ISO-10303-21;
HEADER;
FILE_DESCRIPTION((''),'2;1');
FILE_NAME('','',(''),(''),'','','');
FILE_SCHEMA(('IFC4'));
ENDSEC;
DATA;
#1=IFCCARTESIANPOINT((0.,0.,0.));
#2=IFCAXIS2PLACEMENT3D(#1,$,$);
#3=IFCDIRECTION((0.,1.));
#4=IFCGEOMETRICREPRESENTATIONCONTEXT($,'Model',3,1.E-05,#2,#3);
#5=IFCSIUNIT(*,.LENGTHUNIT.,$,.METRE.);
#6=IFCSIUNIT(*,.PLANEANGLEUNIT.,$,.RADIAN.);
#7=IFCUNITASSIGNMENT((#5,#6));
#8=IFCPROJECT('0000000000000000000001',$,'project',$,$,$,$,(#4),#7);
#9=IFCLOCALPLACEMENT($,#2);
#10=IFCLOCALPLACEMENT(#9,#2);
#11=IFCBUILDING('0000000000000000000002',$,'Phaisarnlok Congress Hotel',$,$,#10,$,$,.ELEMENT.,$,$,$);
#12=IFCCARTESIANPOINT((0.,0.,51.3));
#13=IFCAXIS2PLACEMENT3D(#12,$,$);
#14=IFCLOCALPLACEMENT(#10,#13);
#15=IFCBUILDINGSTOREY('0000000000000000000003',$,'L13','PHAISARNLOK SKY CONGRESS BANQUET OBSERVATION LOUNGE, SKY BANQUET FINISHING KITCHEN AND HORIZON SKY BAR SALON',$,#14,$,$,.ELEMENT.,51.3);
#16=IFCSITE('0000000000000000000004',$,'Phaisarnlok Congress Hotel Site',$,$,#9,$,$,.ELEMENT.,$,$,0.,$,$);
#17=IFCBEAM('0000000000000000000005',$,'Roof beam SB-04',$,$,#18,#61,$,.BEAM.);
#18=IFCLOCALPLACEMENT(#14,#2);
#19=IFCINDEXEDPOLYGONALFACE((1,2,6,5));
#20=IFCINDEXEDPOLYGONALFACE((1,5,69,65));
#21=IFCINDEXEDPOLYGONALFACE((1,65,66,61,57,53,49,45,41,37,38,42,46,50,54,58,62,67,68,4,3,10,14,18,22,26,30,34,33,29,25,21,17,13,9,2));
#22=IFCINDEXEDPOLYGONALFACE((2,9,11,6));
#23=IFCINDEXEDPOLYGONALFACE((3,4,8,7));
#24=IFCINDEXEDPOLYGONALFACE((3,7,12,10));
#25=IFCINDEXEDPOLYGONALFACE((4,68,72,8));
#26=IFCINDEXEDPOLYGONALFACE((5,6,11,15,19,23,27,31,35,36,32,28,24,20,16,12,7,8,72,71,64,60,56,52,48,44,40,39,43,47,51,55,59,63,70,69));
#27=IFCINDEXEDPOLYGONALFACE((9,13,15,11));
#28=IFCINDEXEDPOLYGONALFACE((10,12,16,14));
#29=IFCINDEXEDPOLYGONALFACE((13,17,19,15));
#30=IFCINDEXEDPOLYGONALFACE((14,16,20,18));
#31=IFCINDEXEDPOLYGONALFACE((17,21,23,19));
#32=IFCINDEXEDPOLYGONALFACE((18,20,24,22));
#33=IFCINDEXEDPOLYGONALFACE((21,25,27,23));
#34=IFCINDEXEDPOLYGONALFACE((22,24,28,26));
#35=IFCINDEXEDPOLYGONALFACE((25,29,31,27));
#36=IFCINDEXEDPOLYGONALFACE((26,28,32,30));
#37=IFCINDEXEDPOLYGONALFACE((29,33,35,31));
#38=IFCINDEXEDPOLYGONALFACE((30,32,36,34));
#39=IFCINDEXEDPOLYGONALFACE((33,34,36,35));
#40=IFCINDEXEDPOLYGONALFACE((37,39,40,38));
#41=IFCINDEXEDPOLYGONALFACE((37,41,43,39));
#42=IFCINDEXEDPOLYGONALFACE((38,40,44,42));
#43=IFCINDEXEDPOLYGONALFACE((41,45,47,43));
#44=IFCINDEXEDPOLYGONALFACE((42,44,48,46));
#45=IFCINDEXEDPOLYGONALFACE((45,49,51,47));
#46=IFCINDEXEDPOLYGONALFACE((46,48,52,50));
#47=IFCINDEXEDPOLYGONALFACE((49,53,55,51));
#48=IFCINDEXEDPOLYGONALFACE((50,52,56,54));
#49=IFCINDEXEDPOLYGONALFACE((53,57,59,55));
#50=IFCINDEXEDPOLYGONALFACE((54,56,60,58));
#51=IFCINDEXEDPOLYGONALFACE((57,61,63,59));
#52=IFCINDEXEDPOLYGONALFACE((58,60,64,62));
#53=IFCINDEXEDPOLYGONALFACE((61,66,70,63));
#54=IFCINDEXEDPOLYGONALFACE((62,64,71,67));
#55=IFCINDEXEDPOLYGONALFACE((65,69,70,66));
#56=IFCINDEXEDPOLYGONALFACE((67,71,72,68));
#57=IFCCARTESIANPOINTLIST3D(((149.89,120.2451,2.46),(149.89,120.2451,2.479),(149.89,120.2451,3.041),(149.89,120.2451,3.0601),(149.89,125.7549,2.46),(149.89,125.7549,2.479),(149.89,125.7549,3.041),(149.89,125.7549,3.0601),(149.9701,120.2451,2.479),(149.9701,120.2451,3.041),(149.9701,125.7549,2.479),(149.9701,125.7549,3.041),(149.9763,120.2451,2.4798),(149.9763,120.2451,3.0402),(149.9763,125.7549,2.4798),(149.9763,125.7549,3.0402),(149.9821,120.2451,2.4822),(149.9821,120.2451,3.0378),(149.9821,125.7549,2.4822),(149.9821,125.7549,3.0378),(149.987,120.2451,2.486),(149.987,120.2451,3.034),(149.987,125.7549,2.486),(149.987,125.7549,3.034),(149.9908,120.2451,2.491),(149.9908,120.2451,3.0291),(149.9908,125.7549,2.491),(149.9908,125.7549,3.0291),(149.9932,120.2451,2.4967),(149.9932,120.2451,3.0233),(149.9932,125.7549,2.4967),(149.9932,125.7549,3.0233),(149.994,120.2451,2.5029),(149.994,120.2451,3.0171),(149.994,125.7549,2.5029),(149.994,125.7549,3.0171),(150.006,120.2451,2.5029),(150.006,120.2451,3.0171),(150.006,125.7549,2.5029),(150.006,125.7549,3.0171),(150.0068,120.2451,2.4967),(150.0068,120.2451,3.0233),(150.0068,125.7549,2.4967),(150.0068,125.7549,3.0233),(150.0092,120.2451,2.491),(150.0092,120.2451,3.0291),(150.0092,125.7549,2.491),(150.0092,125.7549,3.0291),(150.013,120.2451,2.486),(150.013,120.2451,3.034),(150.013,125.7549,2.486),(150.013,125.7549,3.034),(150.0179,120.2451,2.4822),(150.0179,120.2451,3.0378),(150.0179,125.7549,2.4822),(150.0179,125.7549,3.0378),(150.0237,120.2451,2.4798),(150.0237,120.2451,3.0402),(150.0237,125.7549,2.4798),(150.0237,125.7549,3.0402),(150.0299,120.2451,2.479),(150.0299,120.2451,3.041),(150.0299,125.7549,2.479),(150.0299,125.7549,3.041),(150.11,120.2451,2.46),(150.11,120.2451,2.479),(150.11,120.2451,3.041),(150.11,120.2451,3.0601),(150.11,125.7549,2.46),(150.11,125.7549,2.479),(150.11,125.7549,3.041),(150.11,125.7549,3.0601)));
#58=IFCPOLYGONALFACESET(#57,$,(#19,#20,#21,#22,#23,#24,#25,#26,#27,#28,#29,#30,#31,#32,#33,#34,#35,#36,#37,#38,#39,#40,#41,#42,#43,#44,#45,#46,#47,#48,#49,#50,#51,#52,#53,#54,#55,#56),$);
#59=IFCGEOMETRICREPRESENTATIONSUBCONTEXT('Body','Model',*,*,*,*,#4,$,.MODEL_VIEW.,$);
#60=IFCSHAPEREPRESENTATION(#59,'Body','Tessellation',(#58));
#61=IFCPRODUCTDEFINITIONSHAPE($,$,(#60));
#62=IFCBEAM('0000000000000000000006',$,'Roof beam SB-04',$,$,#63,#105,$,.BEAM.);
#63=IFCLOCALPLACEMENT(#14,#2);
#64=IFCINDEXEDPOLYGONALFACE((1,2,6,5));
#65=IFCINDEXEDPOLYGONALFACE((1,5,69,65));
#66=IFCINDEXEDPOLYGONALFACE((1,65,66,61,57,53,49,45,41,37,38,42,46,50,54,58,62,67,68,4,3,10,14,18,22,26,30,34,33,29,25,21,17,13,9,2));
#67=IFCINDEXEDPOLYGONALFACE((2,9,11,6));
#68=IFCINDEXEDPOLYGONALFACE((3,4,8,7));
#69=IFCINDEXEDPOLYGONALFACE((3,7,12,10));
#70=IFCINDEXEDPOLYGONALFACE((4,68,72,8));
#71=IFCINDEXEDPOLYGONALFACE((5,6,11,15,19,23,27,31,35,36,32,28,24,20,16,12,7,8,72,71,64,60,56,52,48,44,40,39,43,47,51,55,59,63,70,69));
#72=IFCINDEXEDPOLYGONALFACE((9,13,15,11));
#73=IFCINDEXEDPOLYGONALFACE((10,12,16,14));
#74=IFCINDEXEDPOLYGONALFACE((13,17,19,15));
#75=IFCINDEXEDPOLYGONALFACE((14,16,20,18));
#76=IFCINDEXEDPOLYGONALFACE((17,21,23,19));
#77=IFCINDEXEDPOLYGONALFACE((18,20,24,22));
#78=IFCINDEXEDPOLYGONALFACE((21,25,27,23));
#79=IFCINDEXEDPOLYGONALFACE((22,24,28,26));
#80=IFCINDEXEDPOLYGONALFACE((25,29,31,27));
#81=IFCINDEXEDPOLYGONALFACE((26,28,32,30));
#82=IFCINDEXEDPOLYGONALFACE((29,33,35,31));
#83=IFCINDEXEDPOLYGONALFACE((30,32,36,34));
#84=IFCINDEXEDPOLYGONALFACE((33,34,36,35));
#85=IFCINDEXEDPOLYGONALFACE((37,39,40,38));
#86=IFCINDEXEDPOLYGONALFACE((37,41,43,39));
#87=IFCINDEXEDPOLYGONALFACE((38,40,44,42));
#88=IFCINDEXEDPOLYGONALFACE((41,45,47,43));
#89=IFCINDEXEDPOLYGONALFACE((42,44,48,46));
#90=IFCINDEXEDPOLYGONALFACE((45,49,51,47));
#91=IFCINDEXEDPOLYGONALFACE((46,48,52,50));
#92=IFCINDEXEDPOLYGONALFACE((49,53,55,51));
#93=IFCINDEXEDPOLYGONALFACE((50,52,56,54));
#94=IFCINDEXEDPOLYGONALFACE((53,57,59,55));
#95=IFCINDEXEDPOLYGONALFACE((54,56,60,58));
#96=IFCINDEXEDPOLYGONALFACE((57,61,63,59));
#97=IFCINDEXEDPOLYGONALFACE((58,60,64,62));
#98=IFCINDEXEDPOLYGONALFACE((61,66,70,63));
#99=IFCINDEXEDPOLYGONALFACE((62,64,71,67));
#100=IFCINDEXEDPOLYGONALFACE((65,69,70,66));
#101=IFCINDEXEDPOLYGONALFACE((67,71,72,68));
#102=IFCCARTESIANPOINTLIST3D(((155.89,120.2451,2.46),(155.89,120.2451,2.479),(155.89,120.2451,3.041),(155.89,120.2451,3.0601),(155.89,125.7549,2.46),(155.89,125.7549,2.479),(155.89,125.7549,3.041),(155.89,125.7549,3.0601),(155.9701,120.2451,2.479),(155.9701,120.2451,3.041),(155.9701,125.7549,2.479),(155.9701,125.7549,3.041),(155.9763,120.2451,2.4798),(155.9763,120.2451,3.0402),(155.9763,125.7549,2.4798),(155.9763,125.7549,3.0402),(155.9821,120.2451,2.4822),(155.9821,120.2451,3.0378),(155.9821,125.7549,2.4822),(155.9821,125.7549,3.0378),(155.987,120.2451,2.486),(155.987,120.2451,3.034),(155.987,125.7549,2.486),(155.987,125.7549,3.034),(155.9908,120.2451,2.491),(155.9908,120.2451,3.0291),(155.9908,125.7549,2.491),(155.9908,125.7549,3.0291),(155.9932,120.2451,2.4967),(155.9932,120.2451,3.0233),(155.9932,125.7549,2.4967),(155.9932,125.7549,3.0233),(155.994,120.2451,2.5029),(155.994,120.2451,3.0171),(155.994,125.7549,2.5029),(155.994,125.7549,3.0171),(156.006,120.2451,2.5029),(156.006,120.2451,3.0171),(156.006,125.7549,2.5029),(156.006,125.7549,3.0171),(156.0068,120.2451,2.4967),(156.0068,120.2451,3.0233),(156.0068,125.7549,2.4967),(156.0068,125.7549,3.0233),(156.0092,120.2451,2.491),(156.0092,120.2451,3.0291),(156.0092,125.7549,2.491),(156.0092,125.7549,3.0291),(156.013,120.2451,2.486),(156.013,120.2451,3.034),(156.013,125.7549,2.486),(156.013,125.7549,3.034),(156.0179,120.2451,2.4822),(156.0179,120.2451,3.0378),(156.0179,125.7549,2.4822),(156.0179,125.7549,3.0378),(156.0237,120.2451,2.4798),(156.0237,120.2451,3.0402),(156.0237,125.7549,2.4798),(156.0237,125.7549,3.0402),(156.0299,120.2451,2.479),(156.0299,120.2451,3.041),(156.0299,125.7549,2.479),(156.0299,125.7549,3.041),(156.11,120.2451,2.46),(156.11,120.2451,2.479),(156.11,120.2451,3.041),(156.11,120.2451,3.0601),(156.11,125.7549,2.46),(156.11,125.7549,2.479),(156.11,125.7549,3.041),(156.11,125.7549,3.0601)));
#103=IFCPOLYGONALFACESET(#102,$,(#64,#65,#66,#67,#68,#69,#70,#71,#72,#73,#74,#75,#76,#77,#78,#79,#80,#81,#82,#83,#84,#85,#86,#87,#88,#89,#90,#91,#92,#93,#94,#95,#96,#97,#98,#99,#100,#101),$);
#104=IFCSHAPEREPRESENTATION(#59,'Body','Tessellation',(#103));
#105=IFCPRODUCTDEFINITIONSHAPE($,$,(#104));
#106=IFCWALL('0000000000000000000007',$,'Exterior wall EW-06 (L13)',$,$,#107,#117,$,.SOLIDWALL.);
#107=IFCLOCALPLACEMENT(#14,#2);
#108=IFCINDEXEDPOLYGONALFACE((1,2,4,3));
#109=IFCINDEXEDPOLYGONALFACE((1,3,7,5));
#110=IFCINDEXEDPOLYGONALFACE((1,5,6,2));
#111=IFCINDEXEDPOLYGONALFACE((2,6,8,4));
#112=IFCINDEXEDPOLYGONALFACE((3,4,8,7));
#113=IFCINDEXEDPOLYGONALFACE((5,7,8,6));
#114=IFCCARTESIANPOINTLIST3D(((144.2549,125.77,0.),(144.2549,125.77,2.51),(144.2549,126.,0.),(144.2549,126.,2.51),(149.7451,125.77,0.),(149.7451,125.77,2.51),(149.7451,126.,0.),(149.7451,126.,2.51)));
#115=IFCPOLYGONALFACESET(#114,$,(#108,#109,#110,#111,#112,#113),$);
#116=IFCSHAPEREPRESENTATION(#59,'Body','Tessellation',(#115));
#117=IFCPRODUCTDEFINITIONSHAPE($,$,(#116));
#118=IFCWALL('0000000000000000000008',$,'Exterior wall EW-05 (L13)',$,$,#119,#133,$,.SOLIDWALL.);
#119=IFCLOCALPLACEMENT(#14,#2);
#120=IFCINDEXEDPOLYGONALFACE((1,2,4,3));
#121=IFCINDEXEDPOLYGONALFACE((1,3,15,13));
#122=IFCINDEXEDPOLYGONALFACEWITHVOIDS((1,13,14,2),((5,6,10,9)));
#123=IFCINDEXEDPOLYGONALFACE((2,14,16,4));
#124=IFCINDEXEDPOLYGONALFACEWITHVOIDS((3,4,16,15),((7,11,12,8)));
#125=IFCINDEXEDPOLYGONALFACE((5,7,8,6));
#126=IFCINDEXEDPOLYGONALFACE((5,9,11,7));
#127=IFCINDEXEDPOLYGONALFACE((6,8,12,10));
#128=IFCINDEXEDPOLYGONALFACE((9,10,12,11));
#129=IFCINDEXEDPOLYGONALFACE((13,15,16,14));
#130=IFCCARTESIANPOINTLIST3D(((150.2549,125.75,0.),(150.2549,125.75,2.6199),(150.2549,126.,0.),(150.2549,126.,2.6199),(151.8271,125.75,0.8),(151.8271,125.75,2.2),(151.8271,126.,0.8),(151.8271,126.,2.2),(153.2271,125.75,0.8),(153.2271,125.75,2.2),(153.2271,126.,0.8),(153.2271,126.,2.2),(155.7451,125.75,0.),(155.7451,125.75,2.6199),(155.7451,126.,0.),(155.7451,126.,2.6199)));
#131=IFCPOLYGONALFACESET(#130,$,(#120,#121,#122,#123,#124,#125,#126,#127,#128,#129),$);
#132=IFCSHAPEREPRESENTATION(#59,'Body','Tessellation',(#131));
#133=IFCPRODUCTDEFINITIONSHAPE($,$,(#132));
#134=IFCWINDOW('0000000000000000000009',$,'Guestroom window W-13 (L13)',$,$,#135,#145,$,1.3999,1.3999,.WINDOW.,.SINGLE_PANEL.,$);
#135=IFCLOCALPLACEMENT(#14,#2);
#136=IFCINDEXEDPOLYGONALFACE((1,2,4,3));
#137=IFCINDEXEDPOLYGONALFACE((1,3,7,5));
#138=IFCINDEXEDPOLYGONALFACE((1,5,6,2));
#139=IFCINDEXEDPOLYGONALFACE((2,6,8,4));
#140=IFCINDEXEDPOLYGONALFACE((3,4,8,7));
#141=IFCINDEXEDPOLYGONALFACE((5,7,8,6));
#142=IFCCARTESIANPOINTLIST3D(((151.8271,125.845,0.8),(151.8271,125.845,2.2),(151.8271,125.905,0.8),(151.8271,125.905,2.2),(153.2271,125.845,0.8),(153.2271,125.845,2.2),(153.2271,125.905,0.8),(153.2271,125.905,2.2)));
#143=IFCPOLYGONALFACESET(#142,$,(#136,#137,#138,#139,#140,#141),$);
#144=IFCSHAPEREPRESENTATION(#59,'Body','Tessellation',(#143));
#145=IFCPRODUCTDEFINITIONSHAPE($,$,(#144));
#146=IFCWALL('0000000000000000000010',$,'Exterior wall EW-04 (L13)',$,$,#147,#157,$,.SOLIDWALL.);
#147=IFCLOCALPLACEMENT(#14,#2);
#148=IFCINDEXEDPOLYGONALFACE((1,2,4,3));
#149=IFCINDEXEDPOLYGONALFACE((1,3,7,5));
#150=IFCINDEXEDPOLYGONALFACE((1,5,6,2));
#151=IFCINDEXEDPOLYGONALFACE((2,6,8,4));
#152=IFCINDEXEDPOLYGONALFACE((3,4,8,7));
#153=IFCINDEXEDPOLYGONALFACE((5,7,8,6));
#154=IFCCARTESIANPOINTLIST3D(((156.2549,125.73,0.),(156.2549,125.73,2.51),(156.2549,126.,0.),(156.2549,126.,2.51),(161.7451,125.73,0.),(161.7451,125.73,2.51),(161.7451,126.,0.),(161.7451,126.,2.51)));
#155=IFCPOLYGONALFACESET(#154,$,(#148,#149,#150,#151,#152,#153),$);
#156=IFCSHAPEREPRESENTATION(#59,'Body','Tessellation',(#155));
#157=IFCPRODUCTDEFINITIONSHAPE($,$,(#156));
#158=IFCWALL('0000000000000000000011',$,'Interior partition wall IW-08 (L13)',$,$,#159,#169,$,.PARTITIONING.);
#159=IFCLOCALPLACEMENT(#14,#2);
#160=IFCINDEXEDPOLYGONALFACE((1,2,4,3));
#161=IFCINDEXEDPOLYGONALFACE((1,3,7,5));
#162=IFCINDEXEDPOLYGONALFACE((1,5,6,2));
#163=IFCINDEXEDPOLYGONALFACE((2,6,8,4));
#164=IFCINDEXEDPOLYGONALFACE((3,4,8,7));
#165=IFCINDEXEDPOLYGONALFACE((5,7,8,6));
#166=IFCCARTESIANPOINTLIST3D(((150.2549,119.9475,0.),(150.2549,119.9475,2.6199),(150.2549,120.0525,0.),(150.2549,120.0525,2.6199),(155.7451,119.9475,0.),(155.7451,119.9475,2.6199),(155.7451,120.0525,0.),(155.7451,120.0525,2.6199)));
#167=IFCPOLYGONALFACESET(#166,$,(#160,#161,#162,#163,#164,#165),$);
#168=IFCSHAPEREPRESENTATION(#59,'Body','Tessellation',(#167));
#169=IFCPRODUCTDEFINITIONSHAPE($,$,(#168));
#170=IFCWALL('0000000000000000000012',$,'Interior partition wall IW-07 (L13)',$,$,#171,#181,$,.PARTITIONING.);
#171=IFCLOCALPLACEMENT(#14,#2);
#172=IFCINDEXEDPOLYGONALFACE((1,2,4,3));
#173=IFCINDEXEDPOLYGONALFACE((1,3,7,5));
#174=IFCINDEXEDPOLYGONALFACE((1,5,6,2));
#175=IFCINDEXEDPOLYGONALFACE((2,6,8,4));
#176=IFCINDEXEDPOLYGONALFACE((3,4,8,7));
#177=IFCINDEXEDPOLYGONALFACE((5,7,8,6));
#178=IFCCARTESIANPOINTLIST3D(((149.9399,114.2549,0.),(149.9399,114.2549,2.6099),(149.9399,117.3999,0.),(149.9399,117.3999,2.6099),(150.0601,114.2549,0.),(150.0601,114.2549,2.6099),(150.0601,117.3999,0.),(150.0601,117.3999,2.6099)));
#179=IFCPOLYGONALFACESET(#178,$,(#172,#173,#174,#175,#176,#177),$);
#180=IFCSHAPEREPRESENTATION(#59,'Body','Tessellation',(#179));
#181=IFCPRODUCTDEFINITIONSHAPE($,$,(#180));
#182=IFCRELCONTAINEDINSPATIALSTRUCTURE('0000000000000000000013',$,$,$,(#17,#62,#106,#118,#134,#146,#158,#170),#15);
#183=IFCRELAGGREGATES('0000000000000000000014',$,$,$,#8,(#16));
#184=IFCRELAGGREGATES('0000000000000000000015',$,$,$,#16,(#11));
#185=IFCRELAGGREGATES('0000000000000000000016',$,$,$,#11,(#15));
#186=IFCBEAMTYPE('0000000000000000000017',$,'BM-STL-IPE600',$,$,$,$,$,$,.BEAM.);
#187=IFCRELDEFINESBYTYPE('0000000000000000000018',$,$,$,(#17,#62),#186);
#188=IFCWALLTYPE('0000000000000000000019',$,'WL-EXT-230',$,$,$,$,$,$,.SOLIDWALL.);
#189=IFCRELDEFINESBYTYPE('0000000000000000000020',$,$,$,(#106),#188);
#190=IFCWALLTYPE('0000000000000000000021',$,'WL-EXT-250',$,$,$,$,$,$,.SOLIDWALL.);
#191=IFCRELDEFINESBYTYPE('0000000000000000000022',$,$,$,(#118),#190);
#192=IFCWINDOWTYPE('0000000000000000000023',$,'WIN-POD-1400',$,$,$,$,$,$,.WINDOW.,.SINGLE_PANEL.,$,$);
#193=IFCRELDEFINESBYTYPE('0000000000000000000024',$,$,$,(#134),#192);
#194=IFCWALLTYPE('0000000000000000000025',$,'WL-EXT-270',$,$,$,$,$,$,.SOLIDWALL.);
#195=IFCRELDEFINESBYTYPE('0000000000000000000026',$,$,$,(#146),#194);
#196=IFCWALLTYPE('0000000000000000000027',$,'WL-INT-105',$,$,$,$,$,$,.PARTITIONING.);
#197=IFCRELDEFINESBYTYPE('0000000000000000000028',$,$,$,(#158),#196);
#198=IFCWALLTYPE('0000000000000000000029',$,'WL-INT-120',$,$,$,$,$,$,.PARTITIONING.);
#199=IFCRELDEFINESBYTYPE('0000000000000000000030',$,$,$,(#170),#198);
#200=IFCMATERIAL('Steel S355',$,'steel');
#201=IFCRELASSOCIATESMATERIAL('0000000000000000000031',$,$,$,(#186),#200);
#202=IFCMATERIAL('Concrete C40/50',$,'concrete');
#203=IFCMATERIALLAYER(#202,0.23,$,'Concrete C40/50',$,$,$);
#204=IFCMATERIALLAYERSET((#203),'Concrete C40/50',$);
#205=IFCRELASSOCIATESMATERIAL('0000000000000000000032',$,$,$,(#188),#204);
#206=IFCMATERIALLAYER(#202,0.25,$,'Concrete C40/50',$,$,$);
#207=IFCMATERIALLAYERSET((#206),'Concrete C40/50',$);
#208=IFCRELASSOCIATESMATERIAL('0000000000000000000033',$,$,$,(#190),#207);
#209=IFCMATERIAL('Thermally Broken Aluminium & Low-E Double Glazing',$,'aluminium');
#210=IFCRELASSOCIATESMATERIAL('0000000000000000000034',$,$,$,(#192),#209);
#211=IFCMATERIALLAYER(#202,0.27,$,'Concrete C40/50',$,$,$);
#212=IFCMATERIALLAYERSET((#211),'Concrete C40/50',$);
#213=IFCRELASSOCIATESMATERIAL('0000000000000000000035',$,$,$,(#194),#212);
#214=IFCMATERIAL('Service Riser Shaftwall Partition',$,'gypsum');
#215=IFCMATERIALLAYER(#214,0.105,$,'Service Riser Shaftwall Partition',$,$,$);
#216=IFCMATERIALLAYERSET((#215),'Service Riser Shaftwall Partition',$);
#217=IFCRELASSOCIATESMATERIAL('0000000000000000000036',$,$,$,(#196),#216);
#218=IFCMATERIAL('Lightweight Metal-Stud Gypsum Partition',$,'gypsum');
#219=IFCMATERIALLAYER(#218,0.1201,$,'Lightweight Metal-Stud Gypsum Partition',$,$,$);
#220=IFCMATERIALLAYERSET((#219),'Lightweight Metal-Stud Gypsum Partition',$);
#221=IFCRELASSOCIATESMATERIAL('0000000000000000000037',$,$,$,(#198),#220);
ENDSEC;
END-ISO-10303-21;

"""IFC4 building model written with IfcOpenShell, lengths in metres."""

from ifc_helpers import new_model, si_unit, direction, frame, frame_2d, origin, origin_2d, place, context, subcontext, project, spatial, rectangle, i_section, extrude, material, layer, layer_set, material_profile, profile_set, type_object, element, fill, save


model = new_model("IFC4")

# Units and contexts
model_context = context("Model", 3, precision=1e-05, world=origin(), true_north=direction((0.0, 1.0)))
body_context = subcontext(model_context, "Body", "Model", "MODEL_VIEW")
ifc_project = project(units=[si_unit("LENGTHUNIT", "METRE"), si_unit("PLANEANGLEUNIT", "RADIAN")], contexts=[model_context])

# Site, building, storey
site_placement = place(None, origin())
site = spatial("IfcSite", under=ifc_project, at=site_placement, Name="Phaisarnlok Congress Hotel Site", CompositionType="ELEMENT", RefElevation=0.0)
building_placement = place(site_placement, origin())
building = spatial("IfcBuilding", under=site, at=building_placement, Name="Phaisarnlok Congress Hotel", CompositionType="ELEMENT")
storey_placement = place(building_placement, frame((0.0, 0.0, 51.3)))
storey = spatial("IfcBuildingStorey", under=building, at=storey_placement, Name="L13", Description="PHAISARNLOK SKY CONGRESS BANQUET OBSERVATION LOUNGE, SKY BANQUET FINISHING KITCHEN AND HORIZON SKY BAR SALON", CompositionType="ELEMENT", Elevation=51.3)

# Beams
ifc_material_1 = material(Name="Steel S355", Category="steel")
ifc_material_profile_1 = material_profile(ifc_material_1, i_section(OverallWidth=0.22, OverallDepth=0.6001, WebThickness=0.012, FlangeThickness=0.019, FilletRadius=0.0239, at=origin_2d()), Name="IPE 600")
ifc_profile_set_1 = profile_set([ifc_material_profile_1], Name="Steel S355")
beam_type_1 = type_object("IfcBeamType", Name="BM-STL-IPE600", PredefinedType="BEAM", material=ifc_profile_set_1)
for number, where, z_axis, x_axis, name in (
    (1, (150.0, 120.2451, 2.76), (0.0, 1.0, 0.0), (-1.0, 0.0, 0.0), "Roof beam SB-04"),
    (2, (156.0, 120.2451, 2.76), (0.0, 1.0, 0.0), (-1.0, 0.0, 0.0), "Roof beam SB-04"),
):
    element("IfcBeam", number, at=place(storey_placement, frame(where, z_axis=z_axis, x_axis=x_axis)), inside=storey, type_object=beam_type_1, Name=name, PredefinedType="BEAM", context=body_context, shape_type="SweptSolid", body=[
        extrude(i_section(OverallWidth=0.22, OverallDepth=0.6001, WebThickness=0.012, FlangeThickness=0.019, FilletRadius=0.0239, at=origin_2d()), origin(), (0.0, 0.0, 1.0), 5.5098),
    ])

# Wall
ifc_material_2 = material(Name="Concrete C40/50", Category="concrete")
ifc_layer_1 = layer(ifc_material_2, 0.23, Name="Concrete C40/50")
ifc_layer_set_1 = layer_set([ifc_layer_1], Name="Concrete C40/50")
wall_type_1 = type_object("IfcWallType", Name="WL-EXT-230", PredefinedType="SOLIDWALL", material=ifc_layer_set_1)
wall_1_placement = place(storey_placement, frame((149.7451, 125.885, 0.0), z_axis=(0.0, 0.0, 1.0), x_axis=(-1.0, 0.0, 0.0)))
element("IfcWall", 3, at=wall_1_placement, inside=storey, type_object=wall_type_1, Name="Exterior wall EW-06 (L13)", PredefinedType="SOLIDWALL", context=body_context, shape_type="SweptSolid", body=[
    extrude(rectangle(XDim=5.4902, YDim=0.23, at=frame_2d((2.7451, 0.0))), origin(), (0.0, 0.0, 1.0), 2.51),
])

# Wall, opening, window
ifc_layer_2 = layer(ifc_material_2, 0.25, Name="Concrete C40/50")
ifc_layer_set_2 = layer_set([ifc_layer_2], Name="Concrete C40/50")
wall_type_2 = type_object("IfcWallType", Name="WL-EXT-250", PredefinedType="SOLIDWALL", material=ifc_layer_set_2)
wall_2_placement = place(storey_placement, frame((155.7451, 125.875, 0.0), z_axis=(0.0, 0.0, 1.0), x_axis=(-1.0, 0.0, 0.0)))
wall_2 = element("IfcWall", 4, at=wall_2_placement, inside=storey, type_object=wall_type_2, Name="Exterior wall EW-05 (L13)", PredefinedType="SOLIDWALL", context=body_context, shape_type="SweptSolid", body=[
    extrude(rectangle(XDim=5.4902, YDim=0.25, at=frame_2d((2.7451, 0.0))), origin(), (0.0, 0.0, 1.0), 2.6199),
])
opening_1_placement = place(wall_2_placement, frame((2.5181, 0.0, 0.8)))
opening_1 = element("IfcOpeningElement", 5, at=opening_1_placement, cuts=wall_2, PredefinedType="OPENING", context=body_context, shape_type="SweptSolid", body=[
    extrude(rectangle(XDim=1.3999, YDim=1.3999, at=frame_2d((0.7, 0.7))), frame((0.0, 0.135, 0.0), z_axis=(0.0, -1.0, 0.0), x_axis=(1.0, 0.0, 0.0)), (0.0, 0.0, 1.0), 0.27),
])
ifc_material_3 = material(Name="Thermally Broken Aluminium & Low-E Double Glazing", Category="aluminium")
window_type = type_object("IfcWindowType", Name="WIN-POD-1400", PartitioningType="SINGLE_PANEL", PredefinedType="WINDOW", material=ifc_material_3)
window_placement = place(opening_1_placement, origin())
window = element("IfcWindow", 6, at=window_placement, inside=storey, type_object=window_type, Name="Guestroom window W-13 (L13)", OverallHeight=1.3999, OverallWidth=1.3999, PartitioningType="SINGLE_PANEL", PredefinedType="WINDOW", context=body_context, shape_type="SweptSolid", body=[
    extrude(rectangle(XDim=1.3999, YDim=1.3999, at=frame_2d((0.7, 0.7))), frame((0.0, 0.03, 0.0), z_axis=(0.0, -1.0, 0.0), x_axis=(1.0, 0.0, 0.0)), (0.0, 0.0, 1.0), 0.0601),
])
fill(opening_1, window)

# Walls
ifc_layer_3 = layer(ifc_material_2, 0.27, Name="Concrete C40/50")
ifc_layer_set_3 = layer_set([ifc_layer_3], Name="Concrete C40/50")
wall_type_3 = type_object("IfcWallType", Name="WL-EXT-270", PredefinedType="SOLIDWALL", material=ifc_layer_set_3)
wall_3_placement = place(storey_placement, frame((161.7451, 125.865, 0.0), z_axis=(0.0, 0.0, 1.0), x_axis=(-1.0, 0.0, 0.0)))
element("IfcWall", 7, at=wall_3_placement, inside=storey, type_object=wall_type_3, Name="Exterior wall EW-04 (L13)", PredefinedType="SOLIDWALL", context=body_context, shape_type="SweptSolid", body=[
    extrude(rectangle(XDim=5.4902, YDim=0.27, at=frame_2d((2.7451, 0.0))), origin(), (0.0, 0.0, 1.0), 2.51),
])
ifc_material_4 = material(Name="Service Riser Shaftwall Partition", Category="gypsum")
ifc_layer_4 = layer(ifc_material_4, 0.105, Name="Service Riser Shaftwall Partition")
ifc_layer_set_4 = layer_set([ifc_layer_4], Name="Service Riser Shaftwall Partition")
wall_type_4 = type_object("IfcWallType", Name="WL-INT-105", PredefinedType="PARTITIONING", material=ifc_layer_set_4)
wall_4_placement = place(storey_placement, frame((150.2549, 120.0, 0.0), z_axis=(0.0, 0.0, 1.0), x_axis=(1.0, 0.0, 0.0)))
element("IfcWall", 8, at=wall_4_placement, inside=storey, type_object=wall_type_4, Name="Interior partition wall IW-08 (L13)", PredefinedType="PARTITIONING", context=body_context, shape_type="SweptSolid", body=[
    extrude(rectangle(XDim=5.4902, YDim=0.105, at=frame_2d((2.7451, 0.0))), origin(), (0.0, 0.0, 1.0), 2.6199),
])
ifc_material_5 = material(Name="Lightweight Metal-Stud Gypsum Partition", Category="gypsum")
ifc_layer_5 = layer(ifc_material_5, 0.1201, Name="Lightweight Metal-Stud Gypsum Partition")
ifc_layer_set_5 = layer_set([ifc_layer_5], Name="Lightweight Metal-Stud Gypsum Partition")
wall_type_5 = type_object("IfcWallType", Name="WL-INT-120", PredefinedType="PARTITIONING", material=ifc_layer_set_5)
wall_5_placement = place(storey_placement, frame((150.0, 114.2549, 0.0), z_axis=(0.0, 0.0, 1.0), x_axis=(0.0, 1.0, 0.0)))
element("IfcWall", 9, at=wall_5_placement, inside=storey, type_object=wall_type_5, Name="Interior partition wall IW-07 (L13)", PredefinedType="PARTITIONING", context=body_context, shape_type="SweptSolid", body=[
    extrude(rectangle(XDim=3.145, YDim=0.1201, at=frame_2d((1.5725, 0.0))), origin(), (0.0, 0.0, 1.0), 2.6099),
])

save(model, "model.ifc")
